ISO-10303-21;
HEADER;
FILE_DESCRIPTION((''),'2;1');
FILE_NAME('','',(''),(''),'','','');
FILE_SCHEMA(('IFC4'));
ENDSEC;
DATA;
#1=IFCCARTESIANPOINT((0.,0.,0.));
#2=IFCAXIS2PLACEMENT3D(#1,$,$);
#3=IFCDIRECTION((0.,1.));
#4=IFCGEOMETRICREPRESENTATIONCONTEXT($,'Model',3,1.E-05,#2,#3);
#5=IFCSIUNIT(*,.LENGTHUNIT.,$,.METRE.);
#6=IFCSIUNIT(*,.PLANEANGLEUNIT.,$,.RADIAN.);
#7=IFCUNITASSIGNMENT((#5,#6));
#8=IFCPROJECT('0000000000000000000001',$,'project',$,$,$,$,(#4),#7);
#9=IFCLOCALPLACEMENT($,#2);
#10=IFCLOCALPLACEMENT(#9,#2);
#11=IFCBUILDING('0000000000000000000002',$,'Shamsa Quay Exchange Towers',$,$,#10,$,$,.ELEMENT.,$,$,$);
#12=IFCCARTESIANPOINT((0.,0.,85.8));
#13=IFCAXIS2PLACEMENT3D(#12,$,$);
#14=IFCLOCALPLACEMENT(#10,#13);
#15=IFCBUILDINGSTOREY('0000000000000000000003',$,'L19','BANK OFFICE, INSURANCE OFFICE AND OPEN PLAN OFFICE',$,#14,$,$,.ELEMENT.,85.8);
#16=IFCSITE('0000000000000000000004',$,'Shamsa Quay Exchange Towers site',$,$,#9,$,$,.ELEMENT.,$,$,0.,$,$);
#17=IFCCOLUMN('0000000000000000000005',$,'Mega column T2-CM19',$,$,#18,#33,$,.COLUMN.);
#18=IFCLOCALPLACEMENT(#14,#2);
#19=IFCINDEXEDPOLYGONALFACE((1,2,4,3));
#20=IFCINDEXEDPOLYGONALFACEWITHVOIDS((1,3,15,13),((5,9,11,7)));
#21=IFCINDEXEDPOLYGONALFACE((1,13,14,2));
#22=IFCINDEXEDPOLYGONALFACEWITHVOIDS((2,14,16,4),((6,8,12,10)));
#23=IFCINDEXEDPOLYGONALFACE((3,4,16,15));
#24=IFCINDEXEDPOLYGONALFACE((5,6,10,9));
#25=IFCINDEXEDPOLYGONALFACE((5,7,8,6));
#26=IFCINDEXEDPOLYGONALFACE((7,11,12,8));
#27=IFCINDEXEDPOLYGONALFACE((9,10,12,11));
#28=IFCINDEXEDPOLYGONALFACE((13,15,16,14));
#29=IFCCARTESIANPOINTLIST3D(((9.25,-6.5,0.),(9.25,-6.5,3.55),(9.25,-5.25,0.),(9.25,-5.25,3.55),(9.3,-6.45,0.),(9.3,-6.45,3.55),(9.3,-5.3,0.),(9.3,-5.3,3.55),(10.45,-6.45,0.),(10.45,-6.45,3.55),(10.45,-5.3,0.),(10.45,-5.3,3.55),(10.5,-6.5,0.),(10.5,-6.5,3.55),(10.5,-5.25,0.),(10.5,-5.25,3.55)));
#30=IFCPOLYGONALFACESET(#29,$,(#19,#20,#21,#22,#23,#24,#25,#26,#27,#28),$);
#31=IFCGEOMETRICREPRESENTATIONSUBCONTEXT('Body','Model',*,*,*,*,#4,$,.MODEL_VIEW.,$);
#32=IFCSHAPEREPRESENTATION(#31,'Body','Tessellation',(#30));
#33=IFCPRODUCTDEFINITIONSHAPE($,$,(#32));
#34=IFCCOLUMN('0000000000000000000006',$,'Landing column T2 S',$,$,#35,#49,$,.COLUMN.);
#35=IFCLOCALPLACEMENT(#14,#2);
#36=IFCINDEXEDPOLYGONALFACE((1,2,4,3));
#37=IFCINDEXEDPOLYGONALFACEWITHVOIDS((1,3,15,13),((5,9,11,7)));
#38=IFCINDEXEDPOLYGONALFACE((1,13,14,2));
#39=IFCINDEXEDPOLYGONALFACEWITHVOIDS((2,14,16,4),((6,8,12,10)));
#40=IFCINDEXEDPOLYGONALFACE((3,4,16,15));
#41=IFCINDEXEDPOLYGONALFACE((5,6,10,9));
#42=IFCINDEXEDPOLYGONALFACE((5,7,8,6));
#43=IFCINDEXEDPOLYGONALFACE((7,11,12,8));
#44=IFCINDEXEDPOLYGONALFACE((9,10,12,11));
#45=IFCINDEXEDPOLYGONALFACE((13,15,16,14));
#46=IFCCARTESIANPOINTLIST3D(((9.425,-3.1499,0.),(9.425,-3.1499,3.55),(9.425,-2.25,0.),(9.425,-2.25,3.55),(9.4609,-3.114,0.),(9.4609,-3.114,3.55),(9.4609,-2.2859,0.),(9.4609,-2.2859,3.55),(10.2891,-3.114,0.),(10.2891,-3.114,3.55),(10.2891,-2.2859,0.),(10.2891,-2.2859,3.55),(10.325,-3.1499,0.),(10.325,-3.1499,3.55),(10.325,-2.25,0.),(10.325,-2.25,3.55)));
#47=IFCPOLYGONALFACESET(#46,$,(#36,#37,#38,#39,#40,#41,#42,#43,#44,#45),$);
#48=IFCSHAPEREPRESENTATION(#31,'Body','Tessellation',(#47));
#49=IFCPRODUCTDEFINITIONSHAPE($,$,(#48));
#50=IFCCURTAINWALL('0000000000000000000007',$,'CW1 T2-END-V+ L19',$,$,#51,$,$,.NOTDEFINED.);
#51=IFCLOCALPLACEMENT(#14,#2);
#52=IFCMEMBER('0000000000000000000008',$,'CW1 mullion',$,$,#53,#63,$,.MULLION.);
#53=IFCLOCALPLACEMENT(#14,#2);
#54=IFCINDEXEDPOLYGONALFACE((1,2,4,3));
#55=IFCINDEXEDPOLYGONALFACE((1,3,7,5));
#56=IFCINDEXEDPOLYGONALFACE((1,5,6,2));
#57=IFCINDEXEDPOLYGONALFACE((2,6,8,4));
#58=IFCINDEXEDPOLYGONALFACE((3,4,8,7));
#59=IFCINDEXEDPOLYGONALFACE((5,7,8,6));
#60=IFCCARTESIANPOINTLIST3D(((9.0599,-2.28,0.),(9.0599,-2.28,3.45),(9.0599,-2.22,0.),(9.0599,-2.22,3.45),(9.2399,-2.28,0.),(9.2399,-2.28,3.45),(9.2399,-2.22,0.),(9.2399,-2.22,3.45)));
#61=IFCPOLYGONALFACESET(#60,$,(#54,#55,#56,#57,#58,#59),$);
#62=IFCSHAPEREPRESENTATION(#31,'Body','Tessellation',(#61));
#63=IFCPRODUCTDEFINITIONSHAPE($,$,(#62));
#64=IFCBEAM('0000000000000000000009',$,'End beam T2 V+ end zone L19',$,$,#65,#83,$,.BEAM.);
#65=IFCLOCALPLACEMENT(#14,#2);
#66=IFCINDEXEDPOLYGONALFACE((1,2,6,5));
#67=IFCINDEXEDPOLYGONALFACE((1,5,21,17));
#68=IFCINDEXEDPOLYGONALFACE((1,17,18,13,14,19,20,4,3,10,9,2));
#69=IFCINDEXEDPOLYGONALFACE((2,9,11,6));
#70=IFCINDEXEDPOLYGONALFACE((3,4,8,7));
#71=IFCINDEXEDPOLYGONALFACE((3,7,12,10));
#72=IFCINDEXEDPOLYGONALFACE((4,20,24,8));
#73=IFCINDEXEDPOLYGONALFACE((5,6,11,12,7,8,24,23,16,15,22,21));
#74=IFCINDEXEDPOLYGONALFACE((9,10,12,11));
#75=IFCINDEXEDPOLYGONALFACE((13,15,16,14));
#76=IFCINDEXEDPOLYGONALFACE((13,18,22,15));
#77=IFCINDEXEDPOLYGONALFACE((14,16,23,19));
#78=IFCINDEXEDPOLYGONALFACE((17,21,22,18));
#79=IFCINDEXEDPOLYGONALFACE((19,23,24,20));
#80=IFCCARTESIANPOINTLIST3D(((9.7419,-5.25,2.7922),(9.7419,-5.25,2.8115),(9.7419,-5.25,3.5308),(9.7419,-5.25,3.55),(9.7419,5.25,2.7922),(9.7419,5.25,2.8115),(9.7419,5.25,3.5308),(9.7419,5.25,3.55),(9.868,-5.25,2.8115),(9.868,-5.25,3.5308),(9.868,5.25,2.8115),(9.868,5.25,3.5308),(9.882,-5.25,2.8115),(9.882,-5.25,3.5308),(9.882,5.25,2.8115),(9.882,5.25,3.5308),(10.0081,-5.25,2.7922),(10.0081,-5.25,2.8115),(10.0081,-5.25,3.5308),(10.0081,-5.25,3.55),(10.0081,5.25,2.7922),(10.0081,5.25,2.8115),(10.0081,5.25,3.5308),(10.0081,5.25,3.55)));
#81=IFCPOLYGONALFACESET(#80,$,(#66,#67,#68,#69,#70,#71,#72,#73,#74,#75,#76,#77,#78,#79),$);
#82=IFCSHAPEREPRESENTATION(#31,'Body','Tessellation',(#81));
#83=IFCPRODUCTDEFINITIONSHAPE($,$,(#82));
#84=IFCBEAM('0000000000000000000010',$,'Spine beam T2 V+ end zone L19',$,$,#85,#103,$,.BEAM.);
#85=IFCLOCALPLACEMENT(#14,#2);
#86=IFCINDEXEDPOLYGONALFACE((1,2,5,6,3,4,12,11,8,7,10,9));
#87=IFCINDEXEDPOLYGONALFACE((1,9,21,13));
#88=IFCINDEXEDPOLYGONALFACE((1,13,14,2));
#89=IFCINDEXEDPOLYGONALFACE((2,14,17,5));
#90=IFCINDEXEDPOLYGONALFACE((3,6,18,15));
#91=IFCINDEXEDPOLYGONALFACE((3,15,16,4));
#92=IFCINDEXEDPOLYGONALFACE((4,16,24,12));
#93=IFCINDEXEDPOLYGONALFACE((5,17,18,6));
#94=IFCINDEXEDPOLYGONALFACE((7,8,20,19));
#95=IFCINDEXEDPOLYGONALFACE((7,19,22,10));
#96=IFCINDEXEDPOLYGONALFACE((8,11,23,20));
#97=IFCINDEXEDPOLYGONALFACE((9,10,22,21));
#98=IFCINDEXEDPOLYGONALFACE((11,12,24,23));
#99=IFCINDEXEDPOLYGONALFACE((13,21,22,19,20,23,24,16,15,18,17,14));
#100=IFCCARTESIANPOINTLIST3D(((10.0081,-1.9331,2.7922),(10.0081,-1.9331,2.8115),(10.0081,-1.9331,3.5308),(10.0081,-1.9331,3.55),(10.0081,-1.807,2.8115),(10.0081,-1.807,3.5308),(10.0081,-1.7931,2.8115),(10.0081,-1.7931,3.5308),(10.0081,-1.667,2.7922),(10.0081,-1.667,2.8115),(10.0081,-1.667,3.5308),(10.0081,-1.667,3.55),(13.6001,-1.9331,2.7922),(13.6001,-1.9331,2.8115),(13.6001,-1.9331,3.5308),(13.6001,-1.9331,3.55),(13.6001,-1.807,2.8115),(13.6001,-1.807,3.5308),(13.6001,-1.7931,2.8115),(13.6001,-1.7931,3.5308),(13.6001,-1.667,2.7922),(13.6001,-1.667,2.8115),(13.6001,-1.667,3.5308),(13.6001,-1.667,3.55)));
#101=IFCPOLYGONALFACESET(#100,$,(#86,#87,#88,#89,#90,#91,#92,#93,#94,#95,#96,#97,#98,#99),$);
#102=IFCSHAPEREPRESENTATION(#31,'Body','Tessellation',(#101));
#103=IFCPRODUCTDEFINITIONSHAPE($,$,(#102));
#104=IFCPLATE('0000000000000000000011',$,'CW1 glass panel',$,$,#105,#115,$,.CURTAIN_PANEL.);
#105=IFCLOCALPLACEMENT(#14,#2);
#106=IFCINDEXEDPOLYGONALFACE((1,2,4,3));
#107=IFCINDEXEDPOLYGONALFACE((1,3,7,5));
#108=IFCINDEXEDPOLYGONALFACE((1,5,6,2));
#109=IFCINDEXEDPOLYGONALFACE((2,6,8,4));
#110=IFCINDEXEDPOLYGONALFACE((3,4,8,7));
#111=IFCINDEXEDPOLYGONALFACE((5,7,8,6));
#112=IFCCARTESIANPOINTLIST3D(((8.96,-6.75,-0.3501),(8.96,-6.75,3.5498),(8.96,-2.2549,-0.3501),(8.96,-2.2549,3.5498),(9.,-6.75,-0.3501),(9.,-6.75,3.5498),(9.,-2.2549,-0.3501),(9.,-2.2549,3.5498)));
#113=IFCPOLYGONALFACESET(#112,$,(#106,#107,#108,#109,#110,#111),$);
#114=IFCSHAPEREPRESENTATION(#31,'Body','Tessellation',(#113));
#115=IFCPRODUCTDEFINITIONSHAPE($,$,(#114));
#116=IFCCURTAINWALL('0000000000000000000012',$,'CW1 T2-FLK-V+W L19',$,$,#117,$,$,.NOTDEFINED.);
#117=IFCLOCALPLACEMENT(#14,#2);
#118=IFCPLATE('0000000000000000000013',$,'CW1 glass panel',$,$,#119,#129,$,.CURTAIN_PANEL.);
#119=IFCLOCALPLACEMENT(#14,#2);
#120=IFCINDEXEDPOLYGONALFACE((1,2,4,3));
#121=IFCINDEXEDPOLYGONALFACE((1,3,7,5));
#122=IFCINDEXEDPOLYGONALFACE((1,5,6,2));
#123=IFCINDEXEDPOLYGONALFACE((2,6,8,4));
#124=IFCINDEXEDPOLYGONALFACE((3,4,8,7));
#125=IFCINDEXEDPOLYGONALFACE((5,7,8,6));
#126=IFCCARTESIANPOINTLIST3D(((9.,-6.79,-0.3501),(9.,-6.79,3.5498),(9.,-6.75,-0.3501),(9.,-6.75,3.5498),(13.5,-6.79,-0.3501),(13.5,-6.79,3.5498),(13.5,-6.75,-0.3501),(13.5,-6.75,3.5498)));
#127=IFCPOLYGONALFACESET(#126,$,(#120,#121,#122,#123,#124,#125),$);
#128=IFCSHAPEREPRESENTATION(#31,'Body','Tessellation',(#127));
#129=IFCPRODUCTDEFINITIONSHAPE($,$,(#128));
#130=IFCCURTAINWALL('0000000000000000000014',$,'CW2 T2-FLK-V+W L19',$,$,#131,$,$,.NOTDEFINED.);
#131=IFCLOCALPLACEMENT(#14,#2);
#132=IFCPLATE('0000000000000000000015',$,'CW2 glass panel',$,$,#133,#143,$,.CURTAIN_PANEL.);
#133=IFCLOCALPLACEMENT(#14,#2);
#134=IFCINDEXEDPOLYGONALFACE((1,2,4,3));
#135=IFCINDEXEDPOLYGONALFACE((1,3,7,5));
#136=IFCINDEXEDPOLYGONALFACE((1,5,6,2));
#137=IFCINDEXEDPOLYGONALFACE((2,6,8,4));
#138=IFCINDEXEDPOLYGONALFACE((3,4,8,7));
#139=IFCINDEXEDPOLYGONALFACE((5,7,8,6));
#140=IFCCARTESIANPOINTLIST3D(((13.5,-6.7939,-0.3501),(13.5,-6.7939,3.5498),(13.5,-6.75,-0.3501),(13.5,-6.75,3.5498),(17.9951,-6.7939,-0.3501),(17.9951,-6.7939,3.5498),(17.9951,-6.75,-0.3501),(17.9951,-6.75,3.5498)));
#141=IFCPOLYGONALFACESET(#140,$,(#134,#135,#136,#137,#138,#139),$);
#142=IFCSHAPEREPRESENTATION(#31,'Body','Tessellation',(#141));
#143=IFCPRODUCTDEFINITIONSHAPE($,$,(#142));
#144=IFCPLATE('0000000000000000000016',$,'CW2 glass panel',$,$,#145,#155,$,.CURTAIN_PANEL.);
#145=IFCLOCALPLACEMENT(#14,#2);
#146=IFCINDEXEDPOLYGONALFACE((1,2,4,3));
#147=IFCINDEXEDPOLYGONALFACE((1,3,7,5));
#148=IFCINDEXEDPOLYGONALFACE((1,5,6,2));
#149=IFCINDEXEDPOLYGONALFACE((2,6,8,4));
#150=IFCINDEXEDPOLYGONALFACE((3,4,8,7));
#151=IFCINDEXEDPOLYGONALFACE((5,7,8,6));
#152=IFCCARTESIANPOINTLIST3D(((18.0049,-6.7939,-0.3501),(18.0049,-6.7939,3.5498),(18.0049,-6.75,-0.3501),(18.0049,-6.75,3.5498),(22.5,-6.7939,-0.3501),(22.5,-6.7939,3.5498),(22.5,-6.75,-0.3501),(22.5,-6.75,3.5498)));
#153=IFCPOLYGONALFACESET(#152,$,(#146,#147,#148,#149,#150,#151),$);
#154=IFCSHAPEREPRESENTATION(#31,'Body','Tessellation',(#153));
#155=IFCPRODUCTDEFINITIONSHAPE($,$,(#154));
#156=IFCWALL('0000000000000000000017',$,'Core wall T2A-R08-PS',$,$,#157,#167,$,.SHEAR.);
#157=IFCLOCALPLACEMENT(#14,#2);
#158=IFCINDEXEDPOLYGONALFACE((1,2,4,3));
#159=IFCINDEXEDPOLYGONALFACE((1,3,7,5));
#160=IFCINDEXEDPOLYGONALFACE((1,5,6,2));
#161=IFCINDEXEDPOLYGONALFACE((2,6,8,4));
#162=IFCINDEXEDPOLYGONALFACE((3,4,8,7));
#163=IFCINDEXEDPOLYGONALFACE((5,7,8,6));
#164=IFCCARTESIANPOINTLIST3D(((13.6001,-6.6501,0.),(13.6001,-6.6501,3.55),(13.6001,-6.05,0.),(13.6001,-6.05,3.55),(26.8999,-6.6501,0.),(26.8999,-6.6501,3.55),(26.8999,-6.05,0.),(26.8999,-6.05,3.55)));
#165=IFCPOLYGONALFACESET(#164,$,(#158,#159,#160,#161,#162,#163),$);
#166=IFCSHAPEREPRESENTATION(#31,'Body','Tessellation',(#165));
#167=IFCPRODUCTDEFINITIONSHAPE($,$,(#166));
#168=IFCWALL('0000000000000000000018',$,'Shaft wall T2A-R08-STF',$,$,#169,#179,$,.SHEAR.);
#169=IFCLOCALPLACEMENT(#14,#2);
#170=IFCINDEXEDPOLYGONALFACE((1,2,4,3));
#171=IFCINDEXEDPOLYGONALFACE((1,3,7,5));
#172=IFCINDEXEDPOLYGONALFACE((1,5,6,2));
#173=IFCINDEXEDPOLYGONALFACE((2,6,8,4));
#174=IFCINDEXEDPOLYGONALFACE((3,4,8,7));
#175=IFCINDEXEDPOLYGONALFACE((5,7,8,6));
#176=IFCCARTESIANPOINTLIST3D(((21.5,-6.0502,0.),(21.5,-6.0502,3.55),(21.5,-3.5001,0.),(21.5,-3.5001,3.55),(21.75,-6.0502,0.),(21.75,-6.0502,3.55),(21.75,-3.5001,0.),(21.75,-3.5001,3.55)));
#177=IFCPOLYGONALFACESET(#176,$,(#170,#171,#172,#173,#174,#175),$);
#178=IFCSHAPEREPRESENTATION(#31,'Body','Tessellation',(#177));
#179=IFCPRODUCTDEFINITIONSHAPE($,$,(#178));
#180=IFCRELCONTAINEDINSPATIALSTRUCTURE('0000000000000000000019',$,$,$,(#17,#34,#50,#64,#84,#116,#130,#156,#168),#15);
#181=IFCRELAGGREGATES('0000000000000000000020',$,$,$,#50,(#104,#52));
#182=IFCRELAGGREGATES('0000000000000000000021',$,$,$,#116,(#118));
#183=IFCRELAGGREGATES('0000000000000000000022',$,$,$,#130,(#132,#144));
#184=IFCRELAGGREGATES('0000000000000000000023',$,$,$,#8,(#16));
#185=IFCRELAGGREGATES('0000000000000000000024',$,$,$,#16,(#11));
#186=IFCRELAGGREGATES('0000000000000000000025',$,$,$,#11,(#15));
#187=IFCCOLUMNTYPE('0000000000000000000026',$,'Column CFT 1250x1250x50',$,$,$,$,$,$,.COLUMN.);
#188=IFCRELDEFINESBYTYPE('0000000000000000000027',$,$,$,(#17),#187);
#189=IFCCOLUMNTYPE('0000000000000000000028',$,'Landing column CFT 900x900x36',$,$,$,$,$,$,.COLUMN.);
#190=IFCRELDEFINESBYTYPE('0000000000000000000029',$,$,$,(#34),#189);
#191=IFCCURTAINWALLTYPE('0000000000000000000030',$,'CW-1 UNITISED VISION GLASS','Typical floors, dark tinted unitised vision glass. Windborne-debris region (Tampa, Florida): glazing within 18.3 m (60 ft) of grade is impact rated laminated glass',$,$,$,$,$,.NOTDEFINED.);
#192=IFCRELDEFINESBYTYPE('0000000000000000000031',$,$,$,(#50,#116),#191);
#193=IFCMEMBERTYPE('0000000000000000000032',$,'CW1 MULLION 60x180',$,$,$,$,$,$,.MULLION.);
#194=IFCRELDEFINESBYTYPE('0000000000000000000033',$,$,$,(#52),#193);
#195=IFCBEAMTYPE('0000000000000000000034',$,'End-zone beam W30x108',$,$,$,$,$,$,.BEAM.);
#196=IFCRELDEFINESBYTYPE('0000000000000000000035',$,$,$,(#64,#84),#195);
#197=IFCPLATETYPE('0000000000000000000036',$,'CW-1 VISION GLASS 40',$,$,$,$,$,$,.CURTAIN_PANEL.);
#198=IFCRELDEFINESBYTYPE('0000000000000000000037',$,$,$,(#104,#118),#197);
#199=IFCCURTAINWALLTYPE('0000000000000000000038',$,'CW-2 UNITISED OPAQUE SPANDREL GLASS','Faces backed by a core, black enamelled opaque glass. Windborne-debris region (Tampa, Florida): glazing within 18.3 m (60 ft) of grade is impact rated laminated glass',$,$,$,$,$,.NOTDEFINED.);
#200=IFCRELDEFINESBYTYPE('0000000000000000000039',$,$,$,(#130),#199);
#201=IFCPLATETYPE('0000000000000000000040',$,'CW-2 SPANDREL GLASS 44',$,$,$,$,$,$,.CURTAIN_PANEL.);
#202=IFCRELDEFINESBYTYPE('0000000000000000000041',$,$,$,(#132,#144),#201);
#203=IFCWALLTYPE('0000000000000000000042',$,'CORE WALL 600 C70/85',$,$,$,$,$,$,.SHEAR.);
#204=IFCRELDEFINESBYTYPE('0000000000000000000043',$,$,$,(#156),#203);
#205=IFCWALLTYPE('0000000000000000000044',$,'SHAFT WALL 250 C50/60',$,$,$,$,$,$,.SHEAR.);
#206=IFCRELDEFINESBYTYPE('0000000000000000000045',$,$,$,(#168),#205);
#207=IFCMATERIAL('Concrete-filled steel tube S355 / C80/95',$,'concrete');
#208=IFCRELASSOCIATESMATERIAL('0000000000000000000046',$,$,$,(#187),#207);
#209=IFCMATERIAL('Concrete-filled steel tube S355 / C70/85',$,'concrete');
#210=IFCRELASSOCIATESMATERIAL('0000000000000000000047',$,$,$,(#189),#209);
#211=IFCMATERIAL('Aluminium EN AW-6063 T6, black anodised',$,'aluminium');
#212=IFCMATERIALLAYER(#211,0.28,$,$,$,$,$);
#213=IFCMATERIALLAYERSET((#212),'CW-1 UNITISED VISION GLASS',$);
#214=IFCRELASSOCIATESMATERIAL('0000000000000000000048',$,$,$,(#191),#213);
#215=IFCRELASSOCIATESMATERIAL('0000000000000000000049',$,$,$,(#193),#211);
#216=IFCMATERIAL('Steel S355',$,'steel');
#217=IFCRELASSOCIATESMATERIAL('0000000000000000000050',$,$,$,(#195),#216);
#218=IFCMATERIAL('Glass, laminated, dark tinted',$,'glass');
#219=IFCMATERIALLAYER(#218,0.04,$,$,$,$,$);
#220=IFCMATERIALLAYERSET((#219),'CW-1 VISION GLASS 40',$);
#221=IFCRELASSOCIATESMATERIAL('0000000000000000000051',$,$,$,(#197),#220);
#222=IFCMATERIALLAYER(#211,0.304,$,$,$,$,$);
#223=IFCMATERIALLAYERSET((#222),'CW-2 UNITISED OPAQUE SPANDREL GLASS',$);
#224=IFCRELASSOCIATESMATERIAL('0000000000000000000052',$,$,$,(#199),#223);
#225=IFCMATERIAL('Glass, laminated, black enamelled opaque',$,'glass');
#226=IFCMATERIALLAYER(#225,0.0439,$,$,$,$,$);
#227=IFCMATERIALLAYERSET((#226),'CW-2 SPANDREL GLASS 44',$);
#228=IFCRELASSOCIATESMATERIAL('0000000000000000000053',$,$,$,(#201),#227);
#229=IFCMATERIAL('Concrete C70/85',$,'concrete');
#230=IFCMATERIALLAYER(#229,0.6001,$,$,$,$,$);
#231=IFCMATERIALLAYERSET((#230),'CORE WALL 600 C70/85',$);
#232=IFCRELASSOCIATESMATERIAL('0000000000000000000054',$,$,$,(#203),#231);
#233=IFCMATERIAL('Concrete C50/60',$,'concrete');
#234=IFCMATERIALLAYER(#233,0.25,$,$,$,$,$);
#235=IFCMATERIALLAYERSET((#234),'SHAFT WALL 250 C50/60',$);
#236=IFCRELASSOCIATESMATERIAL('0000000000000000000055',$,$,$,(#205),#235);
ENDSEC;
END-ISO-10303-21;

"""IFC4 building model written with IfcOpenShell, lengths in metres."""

from ifc_helpers import new_model, si_unit, direction, frame, frame_2d, origin, origin_2d, place, context, subcontext, project, spatial, rectangle, hollow_rectangle, i_section, extrude, material, layer, layer_set, material_profile, profile_set, type_object, element, aggregate, save


model = new_model("IFC4")

# Units and contexts
model_context = context("Model", 3, precision=1e-05, world=origin(), true_north=direction((0.0, 1.0)))
body_context = subcontext(model_context, "Body", "Model", "MODEL_VIEW")
ifc_project = project(units=[si_unit("LENGTHUNIT", "METRE"), si_unit("PLANEANGLEUNIT", "RADIAN")], contexts=[model_context])

# Site, building, storey
site_placement = place(None, origin())
site = spatial("IfcSite", under=ifc_project, at=site_placement, Name="Shamsa Quay Exchange Towers site", CompositionType="ELEMENT", RefElevation=0.0)
building_placement = place(site_placement, origin())
building = spatial("IfcBuilding", under=site, at=building_placement, Name="Shamsa Quay Exchange Towers", CompositionType="ELEMENT")
storey_placement = place(building_placement, frame((0.0, 0.0, 85.8)))
storey = spatial("IfcBuildingStorey", under=building, at=storey_placement, Name="L19", Description="BANK OFFICE, INSURANCE OFFICE AND OPEN PLAN OFFICE", CompositionType="ELEMENT", Elevation=85.8)

# Columns
ifc_material_1 = material(Name="Concrete-filled steel tube S355 / C80/95", Category="concrete")
ifc_material_profile_1 = material_profile(ifc_material_1, hollow_rectangle(XDim=1.25, YDim=1.25, WallThickness=0.05, at=origin_2d()), Name="CFT 1250x1250x50")
ifc_profile_set_1 = profile_set([ifc_material_profile_1], Name="Concrete-filled steel tube S355 / C80/95")
column_type_1 = type_object("IfcColumnType", Name="Column CFT 1250x1250x50", PredefinedType="COLUMN", material=ifc_profile_set_1)
column_1_placement = place(storey_placement, frame((9.875, -5.875, 0.0)))
element("IfcColumn", 1, at=column_1_placement, inside=storey, type_object=column_type_1, Name="Mega column T2-CM19", PredefinedType="COLUMN", context=body_context, shape_type="SweptSolid", body=[
    extrude(hollow_rectangle(XDim=1.25, YDim=1.25, WallThickness=0.05, at=origin_2d()), origin(), (0.0, 0.0, 1.0), 3.55),
])
ifc_material_2 = material(Name="Concrete-filled steel tube S355 / C70/85", Category="concrete")
ifc_material_profile_2 = material_profile(ifc_material_2, hollow_rectangle(XDim=0.8999, YDim=0.8999, WallThickness=0.0359, at=origin_2d()), Name="CFT 900x900x36")
ifc_profile_set_2 = profile_set([ifc_material_profile_2], Name="Concrete-filled steel tube S355 / C70/85")
column_type_2 = type_object("IfcColumnType", Name="Landing column CFT 900x900x36", PredefinedType="COLUMN", material=ifc_profile_set_2)
column_2_placement = place(storey_placement, frame((9.875, -2.7, 0.0)))
element("IfcColumn", 2, at=column_2_placement, inside=storey, type_object=column_type_2, Name="Landing column T2 S", PredefinedType="COLUMN", context=body_context, shape_type="SweptSolid", body=[
    extrude(hollow_rectangle(XDim=0.8999, YDim=0.8999, WallThickness=0.0359, at=origin_2d()), origin(), (0.0, 0.0, 1.0), 3.55),
])

# Curtain wall, member
ifc_material_3 = material(Name="Aluminium EN AW-6063 T6, black anodised", Category="aluminium")
ifc_layer_1 = layer(ifc_material_3, 0.28)
ifc_layer_set_1 = layer_set([ifc_layer_1], Name="CW-1 UNITISED VISION GLASS")
curtain_wall_type_1 = type_object("IfcCurtainWallType", Name="CW-1 UNITISED VISION GLASS", Description="Typical floors, dark tinted unitised vision glass. Windborne-debris region (Tampa, Florida): glazing within 18.3 m (60 ft) of grade is impact rated laminated glass", PredefinedType="NOTDEFINED", material=ifc_layer_set_1)
curtain_wall_1_placement = place(storey_placement, origin())
curtain_wall_1 = element("IfcCurtainWall", 3, at=curtain_wall_1_placement, inside=storey, type_object=curtain_wall_type_1, Name="CW1 T2-END-V+ L19", PredefinedType="NOTDEFINED")
ifc_material_profile_3 = material_profile(ifc_material_3, rectangle(XDim=0.1799, YDim=0.0601, at=origin_2d()), Name="MU60x180")
ifc_profile_set_3 = profile_set([ifc_material_profile_3], Name="Aluminium EN AW-6063 T6, black anodised")
member_type = type_object("IfcMemberType", Name="CW1 MULLION 60x180", PredefinedType="MULLION", material=ifc_profile_set_3)
member_placement = place(storey_placement, frame((9.1499, -2.25, 0.0)))
member = element("IfcMember", 4, at=member_placement, type_object=member_type, Name="CW1 mullion", PredefinedType="MULLION", context=body_context, shape_type="SweptSolid", body=[
    extrude(rectangle(XDim=0.1799, YDim=0.0601, at=origin_2d()), origin(), (0.0, 0.0, 1.0), 3.45),
])

# Beams
ifc_material_4 = material(Name="Steel S355", Category="steel")
ifc_material_profile_4 = material_profile(ifc_material_4, i_section(OverallWidth=0.2661, OverallDepth=0.7578, WebThickness=0.0139, FlangeThickness=0.0193, at=origin_2d()), Name="W30x108")
ifc_profile_set_4 = profile_set([ifc_material_profile_4], Name="Steel S355")
beam_type = type_object("IfcBeamType", Name="End-zone beam W30x108", PredefinedType="BEAM", material=ifc_profile_set_4)
beam_1_placement = place(storey_placement, frame((9.875, -5.25, 3.1711), z_axis=(0.0, 1.0, 0.0), x_axis=(-1.0, 0.0, 0.0)))
element("IfcBeam", 5, at=beam_1_placement, inside=storey, type_object=beam_type, Name="End beam T2 V+ end zone L19", PredefinedType="BEAM", context=body_context, shape_type="SweptSolid", body=[
    extrude(i_section(OverallWidth=0.2661, OverallDepth=0.7578, WebThickness=0.0139, FlangeThickness=0.0193, at=origin_2d()), origin(), (0.0, 0.0, 1.0), 10.5),
])
beam_2_placement = place(storey_placement, frame((13.6001, -1.8, 3.1711), z_axis=(-1.0, 0.0, 0.0), x_axis=(0.0, -1.0, 0.0)))
element("IfcBeam", 6, at=beam_2_placement, inside=storey, type_object=beam_type, Name="Spine beam T2 V+ end zone L19", PredefinedType="BEAM", context=body_context, shape_type="SweptSolid", body=[
    extrude(i_section(OverallWidth=0.2661, OverallDepth=0.7578, WebThickness=0.0139, FlangeThickness=0.0193, at=origin_2d()), origin(), (0.0, 0.0, 1.0), 3.592),
])

# Plate
ifc_material_5 = material(Name="Glass, laminated, dark tinted", Category="glass")
ifc_layer_2 = layer(ifc_material_5, 0.04)
ifc_layer_set_2 = layer_set([ifc_layer_2], Name="CW-1 VISION GLASS 40")
plate_type_1 = type_object("IfcPlateType", Name="CW-1 VISION GLASS 40", PredefinedType="CURTAIN_PANEL", material=ifc_layer_set_2)
plate_1_placement = place(storey_placement, frame((8.98, -4.5024, -0.3501), z_axis=(0.0, 0.0, 1.0), x_axis=(0.0, -1.0, 0.0)))
plate_1 = element("IfcPlate", 7, at=plate_1_placement, type_object=plate_type_1, Name="CW1 glass panel", PredefinedType="CURTAIN_PANEL", context=body_context, shape_type="SweptSolid", body=[
    extrude(rectangle(XDim=4.4951, YDim=0.04, at=origin_2d()), origin(), (0.0, 0.0, 1.0), 3.8999),
])
aggregate(curtain_wall_1, [plate_1, member])

# Curtain wall, plate
curtain_wall_2_placement = place(storey_placement, origin())
curtain_wall_2 = element("IfcCurtainWall", 8, at=curtain_wall_2_placement, inside=storey, type_object=curtain_wall_type_1, Name="CW1 T2-FLK-V+W L19", PredefinedType="NOTDEFINED")
plate_2_placement = place(storey_placement, frame((11.25, -6.77, -0.3501)))
plate_2 = element("IfcPlate", 9, at=plate_2_placement, type_object=plate_type_1, Name="CW1 glass panel", PredefinedType="CURTAIN_PANEL", context=body_context, shape_type="SweptSolid", body=[
    extrude(rectangle(XDim=4.5, YDim=0.04, at=origin_2d()), origin(), (0.0, 0.0, 1.0), 3.8999),
])
aggregate(curtain_wall_2, [plate_2])

# Curtain wall, plates
ifc_layer_3 = layer(ifc_material_3, 0.304)
ifc_layer_set_3 = layer_set([ifc_layer_3], Name="CW-2 UNITISED OPAQUE SPANDREL GLASS")
curtain_wall_type_2 = type_object("IfcCurtainWallType", Name="CW-2 UNITISED OPAQUE SPANDREL GLASS", Description="Faces backed by a core, black enamelled opaque glass. Windborne-debris region (Tampa, Florida): glazing within 18.3 m (60 ft) of grade is impact rated laminated glass", PredefinedType="NOTDEFINED", material=ifc_layer_set_3)
curtain_wall_3_placement = place(storey_placement, origin())
curtain_wall_3 = element("IfcCurtainWall", 10, at=curtain_wall_3_placement, inside=storey, type_object=curtain_wall_type_2, Name="CW2 T2-FLK-V+W L19", PredefinedType="NOTDEFINED")
ifc_material_6 = material(Name="Glass, laminated, black enamelled opaque", Category="glass")
ifc_layer_4 = layer(ifc_material_6, 0.0439)
ifc_layer_set_4 = layer_set([ifc_layer_4], Name="CW-2 SPANDREL GLASS 44")
plate_type_2 = type_object("IfcPlateType", Name="CW-2 SPANDREL GLASS 44", PredefinedType="CURTAIN_PANEL", material=ifc_layer_set_4)
plate_3_placement = place(storey_placement, frame((15.7476, -6.772, -0.3501)))
plate_3 = element("IfcPlate", 11, at=plate_3_placement, type_object=plate_type_2, Name="CW2 glass panel", PredefinedType="CURTAIN_PANEL", context=body_context, shape_type="SweptSolid", body=[
    extrude(rectangle(XDim=4.4951, YDim=0.0439, at=origin_2d()), origin(), (0.0, 0.0, 1.0), 3.8999),
])
plate_4_placement = place(storey_placement, frame((20.2524, -6.772, -0.3501)))
plate_4 = element("IfcPlate", 12, at=plate_4_placement, type_object=plate_type_2, Name="CW2 glass panel", PredefinedType="CURTAIN_PANEL", context=body_context, shape_type="SweptSolid", body=[
    extrude(rectangle(XDim=4.4951, YDim=0.0439, at=origin_2d()), origin(), (0.0, 0.0, 1.0), 3.8999),
])
aggregate(curtain_wall_3, [plate_3, plate_4])

# Walls
ifc_material_7 = material(Name="Concrete C70/85", Category="concrete")
ifc_layer_5 = layer(ifc_material_7, 0.6001)
ifc_layer_set_5 = layer_set([ifc_layer_5], Name="CORE WALL 600 C70/85")
wall_type_1 = type_object("IfcWallType", Name="CORE WALL 600 C70/85", PredefinedType="SHEAR", material=ifc_layer_set_5)
wall_1_placement = place(storey_placement, frame((13.6001, -6.3501, 0.0)))
element("IfcWall", 13, at=wall_1_placement, inside=storey, type_object=wall_type_1, Name="Core wall T2A-R08-PS", PredefinedType="SHEAR", context=body_context, shape_type="SweptSolid", body=[
    extrude(rectangle(XDim=13.2998, YDim=0.6001, at=frame_2d((6.6499, 0.0))), origin(), (0.0, 0.0, 1.0), 3.55),
])
ifc_material_8 = material(Name="Concrete C50/60", Category="concrete")
ifc_layer_6 = layer(ifc_material_8, 0.25)
ifc_layer_set_6 = layer_set([ifc_layer_6], Name="SHAFT WALL 250 C50/60")
wall_type_2 = type_object("IfcWallType", Name="SHAFT WALL 250 C50/60", PredefinedType="SHEAR", material=ifc_layer_set_6)
wall_2_placement = place(storey_placement, frame((21.625, -6.05, 0.0), z_axis=(0.0, 0.0, 1.0), x_axis=(0.0, 1.0, 0.0)))
element("IfcWall", 14, at=wall_2_placement, inside=storey, type_object=wall_type_2, Name="Shaft wall T2A-R08-STF", PredefinedType="SHEAR", context=body_context, shape_type="SweptSolid", body=[
    extrude(rectangle(XDim=2.55, YDim=0.25, at=frame_2d((1.2749, 0.0))), origin(), (0.0, 0.0, 1.0), 3.55),
])

save(model, "model.ifc")
